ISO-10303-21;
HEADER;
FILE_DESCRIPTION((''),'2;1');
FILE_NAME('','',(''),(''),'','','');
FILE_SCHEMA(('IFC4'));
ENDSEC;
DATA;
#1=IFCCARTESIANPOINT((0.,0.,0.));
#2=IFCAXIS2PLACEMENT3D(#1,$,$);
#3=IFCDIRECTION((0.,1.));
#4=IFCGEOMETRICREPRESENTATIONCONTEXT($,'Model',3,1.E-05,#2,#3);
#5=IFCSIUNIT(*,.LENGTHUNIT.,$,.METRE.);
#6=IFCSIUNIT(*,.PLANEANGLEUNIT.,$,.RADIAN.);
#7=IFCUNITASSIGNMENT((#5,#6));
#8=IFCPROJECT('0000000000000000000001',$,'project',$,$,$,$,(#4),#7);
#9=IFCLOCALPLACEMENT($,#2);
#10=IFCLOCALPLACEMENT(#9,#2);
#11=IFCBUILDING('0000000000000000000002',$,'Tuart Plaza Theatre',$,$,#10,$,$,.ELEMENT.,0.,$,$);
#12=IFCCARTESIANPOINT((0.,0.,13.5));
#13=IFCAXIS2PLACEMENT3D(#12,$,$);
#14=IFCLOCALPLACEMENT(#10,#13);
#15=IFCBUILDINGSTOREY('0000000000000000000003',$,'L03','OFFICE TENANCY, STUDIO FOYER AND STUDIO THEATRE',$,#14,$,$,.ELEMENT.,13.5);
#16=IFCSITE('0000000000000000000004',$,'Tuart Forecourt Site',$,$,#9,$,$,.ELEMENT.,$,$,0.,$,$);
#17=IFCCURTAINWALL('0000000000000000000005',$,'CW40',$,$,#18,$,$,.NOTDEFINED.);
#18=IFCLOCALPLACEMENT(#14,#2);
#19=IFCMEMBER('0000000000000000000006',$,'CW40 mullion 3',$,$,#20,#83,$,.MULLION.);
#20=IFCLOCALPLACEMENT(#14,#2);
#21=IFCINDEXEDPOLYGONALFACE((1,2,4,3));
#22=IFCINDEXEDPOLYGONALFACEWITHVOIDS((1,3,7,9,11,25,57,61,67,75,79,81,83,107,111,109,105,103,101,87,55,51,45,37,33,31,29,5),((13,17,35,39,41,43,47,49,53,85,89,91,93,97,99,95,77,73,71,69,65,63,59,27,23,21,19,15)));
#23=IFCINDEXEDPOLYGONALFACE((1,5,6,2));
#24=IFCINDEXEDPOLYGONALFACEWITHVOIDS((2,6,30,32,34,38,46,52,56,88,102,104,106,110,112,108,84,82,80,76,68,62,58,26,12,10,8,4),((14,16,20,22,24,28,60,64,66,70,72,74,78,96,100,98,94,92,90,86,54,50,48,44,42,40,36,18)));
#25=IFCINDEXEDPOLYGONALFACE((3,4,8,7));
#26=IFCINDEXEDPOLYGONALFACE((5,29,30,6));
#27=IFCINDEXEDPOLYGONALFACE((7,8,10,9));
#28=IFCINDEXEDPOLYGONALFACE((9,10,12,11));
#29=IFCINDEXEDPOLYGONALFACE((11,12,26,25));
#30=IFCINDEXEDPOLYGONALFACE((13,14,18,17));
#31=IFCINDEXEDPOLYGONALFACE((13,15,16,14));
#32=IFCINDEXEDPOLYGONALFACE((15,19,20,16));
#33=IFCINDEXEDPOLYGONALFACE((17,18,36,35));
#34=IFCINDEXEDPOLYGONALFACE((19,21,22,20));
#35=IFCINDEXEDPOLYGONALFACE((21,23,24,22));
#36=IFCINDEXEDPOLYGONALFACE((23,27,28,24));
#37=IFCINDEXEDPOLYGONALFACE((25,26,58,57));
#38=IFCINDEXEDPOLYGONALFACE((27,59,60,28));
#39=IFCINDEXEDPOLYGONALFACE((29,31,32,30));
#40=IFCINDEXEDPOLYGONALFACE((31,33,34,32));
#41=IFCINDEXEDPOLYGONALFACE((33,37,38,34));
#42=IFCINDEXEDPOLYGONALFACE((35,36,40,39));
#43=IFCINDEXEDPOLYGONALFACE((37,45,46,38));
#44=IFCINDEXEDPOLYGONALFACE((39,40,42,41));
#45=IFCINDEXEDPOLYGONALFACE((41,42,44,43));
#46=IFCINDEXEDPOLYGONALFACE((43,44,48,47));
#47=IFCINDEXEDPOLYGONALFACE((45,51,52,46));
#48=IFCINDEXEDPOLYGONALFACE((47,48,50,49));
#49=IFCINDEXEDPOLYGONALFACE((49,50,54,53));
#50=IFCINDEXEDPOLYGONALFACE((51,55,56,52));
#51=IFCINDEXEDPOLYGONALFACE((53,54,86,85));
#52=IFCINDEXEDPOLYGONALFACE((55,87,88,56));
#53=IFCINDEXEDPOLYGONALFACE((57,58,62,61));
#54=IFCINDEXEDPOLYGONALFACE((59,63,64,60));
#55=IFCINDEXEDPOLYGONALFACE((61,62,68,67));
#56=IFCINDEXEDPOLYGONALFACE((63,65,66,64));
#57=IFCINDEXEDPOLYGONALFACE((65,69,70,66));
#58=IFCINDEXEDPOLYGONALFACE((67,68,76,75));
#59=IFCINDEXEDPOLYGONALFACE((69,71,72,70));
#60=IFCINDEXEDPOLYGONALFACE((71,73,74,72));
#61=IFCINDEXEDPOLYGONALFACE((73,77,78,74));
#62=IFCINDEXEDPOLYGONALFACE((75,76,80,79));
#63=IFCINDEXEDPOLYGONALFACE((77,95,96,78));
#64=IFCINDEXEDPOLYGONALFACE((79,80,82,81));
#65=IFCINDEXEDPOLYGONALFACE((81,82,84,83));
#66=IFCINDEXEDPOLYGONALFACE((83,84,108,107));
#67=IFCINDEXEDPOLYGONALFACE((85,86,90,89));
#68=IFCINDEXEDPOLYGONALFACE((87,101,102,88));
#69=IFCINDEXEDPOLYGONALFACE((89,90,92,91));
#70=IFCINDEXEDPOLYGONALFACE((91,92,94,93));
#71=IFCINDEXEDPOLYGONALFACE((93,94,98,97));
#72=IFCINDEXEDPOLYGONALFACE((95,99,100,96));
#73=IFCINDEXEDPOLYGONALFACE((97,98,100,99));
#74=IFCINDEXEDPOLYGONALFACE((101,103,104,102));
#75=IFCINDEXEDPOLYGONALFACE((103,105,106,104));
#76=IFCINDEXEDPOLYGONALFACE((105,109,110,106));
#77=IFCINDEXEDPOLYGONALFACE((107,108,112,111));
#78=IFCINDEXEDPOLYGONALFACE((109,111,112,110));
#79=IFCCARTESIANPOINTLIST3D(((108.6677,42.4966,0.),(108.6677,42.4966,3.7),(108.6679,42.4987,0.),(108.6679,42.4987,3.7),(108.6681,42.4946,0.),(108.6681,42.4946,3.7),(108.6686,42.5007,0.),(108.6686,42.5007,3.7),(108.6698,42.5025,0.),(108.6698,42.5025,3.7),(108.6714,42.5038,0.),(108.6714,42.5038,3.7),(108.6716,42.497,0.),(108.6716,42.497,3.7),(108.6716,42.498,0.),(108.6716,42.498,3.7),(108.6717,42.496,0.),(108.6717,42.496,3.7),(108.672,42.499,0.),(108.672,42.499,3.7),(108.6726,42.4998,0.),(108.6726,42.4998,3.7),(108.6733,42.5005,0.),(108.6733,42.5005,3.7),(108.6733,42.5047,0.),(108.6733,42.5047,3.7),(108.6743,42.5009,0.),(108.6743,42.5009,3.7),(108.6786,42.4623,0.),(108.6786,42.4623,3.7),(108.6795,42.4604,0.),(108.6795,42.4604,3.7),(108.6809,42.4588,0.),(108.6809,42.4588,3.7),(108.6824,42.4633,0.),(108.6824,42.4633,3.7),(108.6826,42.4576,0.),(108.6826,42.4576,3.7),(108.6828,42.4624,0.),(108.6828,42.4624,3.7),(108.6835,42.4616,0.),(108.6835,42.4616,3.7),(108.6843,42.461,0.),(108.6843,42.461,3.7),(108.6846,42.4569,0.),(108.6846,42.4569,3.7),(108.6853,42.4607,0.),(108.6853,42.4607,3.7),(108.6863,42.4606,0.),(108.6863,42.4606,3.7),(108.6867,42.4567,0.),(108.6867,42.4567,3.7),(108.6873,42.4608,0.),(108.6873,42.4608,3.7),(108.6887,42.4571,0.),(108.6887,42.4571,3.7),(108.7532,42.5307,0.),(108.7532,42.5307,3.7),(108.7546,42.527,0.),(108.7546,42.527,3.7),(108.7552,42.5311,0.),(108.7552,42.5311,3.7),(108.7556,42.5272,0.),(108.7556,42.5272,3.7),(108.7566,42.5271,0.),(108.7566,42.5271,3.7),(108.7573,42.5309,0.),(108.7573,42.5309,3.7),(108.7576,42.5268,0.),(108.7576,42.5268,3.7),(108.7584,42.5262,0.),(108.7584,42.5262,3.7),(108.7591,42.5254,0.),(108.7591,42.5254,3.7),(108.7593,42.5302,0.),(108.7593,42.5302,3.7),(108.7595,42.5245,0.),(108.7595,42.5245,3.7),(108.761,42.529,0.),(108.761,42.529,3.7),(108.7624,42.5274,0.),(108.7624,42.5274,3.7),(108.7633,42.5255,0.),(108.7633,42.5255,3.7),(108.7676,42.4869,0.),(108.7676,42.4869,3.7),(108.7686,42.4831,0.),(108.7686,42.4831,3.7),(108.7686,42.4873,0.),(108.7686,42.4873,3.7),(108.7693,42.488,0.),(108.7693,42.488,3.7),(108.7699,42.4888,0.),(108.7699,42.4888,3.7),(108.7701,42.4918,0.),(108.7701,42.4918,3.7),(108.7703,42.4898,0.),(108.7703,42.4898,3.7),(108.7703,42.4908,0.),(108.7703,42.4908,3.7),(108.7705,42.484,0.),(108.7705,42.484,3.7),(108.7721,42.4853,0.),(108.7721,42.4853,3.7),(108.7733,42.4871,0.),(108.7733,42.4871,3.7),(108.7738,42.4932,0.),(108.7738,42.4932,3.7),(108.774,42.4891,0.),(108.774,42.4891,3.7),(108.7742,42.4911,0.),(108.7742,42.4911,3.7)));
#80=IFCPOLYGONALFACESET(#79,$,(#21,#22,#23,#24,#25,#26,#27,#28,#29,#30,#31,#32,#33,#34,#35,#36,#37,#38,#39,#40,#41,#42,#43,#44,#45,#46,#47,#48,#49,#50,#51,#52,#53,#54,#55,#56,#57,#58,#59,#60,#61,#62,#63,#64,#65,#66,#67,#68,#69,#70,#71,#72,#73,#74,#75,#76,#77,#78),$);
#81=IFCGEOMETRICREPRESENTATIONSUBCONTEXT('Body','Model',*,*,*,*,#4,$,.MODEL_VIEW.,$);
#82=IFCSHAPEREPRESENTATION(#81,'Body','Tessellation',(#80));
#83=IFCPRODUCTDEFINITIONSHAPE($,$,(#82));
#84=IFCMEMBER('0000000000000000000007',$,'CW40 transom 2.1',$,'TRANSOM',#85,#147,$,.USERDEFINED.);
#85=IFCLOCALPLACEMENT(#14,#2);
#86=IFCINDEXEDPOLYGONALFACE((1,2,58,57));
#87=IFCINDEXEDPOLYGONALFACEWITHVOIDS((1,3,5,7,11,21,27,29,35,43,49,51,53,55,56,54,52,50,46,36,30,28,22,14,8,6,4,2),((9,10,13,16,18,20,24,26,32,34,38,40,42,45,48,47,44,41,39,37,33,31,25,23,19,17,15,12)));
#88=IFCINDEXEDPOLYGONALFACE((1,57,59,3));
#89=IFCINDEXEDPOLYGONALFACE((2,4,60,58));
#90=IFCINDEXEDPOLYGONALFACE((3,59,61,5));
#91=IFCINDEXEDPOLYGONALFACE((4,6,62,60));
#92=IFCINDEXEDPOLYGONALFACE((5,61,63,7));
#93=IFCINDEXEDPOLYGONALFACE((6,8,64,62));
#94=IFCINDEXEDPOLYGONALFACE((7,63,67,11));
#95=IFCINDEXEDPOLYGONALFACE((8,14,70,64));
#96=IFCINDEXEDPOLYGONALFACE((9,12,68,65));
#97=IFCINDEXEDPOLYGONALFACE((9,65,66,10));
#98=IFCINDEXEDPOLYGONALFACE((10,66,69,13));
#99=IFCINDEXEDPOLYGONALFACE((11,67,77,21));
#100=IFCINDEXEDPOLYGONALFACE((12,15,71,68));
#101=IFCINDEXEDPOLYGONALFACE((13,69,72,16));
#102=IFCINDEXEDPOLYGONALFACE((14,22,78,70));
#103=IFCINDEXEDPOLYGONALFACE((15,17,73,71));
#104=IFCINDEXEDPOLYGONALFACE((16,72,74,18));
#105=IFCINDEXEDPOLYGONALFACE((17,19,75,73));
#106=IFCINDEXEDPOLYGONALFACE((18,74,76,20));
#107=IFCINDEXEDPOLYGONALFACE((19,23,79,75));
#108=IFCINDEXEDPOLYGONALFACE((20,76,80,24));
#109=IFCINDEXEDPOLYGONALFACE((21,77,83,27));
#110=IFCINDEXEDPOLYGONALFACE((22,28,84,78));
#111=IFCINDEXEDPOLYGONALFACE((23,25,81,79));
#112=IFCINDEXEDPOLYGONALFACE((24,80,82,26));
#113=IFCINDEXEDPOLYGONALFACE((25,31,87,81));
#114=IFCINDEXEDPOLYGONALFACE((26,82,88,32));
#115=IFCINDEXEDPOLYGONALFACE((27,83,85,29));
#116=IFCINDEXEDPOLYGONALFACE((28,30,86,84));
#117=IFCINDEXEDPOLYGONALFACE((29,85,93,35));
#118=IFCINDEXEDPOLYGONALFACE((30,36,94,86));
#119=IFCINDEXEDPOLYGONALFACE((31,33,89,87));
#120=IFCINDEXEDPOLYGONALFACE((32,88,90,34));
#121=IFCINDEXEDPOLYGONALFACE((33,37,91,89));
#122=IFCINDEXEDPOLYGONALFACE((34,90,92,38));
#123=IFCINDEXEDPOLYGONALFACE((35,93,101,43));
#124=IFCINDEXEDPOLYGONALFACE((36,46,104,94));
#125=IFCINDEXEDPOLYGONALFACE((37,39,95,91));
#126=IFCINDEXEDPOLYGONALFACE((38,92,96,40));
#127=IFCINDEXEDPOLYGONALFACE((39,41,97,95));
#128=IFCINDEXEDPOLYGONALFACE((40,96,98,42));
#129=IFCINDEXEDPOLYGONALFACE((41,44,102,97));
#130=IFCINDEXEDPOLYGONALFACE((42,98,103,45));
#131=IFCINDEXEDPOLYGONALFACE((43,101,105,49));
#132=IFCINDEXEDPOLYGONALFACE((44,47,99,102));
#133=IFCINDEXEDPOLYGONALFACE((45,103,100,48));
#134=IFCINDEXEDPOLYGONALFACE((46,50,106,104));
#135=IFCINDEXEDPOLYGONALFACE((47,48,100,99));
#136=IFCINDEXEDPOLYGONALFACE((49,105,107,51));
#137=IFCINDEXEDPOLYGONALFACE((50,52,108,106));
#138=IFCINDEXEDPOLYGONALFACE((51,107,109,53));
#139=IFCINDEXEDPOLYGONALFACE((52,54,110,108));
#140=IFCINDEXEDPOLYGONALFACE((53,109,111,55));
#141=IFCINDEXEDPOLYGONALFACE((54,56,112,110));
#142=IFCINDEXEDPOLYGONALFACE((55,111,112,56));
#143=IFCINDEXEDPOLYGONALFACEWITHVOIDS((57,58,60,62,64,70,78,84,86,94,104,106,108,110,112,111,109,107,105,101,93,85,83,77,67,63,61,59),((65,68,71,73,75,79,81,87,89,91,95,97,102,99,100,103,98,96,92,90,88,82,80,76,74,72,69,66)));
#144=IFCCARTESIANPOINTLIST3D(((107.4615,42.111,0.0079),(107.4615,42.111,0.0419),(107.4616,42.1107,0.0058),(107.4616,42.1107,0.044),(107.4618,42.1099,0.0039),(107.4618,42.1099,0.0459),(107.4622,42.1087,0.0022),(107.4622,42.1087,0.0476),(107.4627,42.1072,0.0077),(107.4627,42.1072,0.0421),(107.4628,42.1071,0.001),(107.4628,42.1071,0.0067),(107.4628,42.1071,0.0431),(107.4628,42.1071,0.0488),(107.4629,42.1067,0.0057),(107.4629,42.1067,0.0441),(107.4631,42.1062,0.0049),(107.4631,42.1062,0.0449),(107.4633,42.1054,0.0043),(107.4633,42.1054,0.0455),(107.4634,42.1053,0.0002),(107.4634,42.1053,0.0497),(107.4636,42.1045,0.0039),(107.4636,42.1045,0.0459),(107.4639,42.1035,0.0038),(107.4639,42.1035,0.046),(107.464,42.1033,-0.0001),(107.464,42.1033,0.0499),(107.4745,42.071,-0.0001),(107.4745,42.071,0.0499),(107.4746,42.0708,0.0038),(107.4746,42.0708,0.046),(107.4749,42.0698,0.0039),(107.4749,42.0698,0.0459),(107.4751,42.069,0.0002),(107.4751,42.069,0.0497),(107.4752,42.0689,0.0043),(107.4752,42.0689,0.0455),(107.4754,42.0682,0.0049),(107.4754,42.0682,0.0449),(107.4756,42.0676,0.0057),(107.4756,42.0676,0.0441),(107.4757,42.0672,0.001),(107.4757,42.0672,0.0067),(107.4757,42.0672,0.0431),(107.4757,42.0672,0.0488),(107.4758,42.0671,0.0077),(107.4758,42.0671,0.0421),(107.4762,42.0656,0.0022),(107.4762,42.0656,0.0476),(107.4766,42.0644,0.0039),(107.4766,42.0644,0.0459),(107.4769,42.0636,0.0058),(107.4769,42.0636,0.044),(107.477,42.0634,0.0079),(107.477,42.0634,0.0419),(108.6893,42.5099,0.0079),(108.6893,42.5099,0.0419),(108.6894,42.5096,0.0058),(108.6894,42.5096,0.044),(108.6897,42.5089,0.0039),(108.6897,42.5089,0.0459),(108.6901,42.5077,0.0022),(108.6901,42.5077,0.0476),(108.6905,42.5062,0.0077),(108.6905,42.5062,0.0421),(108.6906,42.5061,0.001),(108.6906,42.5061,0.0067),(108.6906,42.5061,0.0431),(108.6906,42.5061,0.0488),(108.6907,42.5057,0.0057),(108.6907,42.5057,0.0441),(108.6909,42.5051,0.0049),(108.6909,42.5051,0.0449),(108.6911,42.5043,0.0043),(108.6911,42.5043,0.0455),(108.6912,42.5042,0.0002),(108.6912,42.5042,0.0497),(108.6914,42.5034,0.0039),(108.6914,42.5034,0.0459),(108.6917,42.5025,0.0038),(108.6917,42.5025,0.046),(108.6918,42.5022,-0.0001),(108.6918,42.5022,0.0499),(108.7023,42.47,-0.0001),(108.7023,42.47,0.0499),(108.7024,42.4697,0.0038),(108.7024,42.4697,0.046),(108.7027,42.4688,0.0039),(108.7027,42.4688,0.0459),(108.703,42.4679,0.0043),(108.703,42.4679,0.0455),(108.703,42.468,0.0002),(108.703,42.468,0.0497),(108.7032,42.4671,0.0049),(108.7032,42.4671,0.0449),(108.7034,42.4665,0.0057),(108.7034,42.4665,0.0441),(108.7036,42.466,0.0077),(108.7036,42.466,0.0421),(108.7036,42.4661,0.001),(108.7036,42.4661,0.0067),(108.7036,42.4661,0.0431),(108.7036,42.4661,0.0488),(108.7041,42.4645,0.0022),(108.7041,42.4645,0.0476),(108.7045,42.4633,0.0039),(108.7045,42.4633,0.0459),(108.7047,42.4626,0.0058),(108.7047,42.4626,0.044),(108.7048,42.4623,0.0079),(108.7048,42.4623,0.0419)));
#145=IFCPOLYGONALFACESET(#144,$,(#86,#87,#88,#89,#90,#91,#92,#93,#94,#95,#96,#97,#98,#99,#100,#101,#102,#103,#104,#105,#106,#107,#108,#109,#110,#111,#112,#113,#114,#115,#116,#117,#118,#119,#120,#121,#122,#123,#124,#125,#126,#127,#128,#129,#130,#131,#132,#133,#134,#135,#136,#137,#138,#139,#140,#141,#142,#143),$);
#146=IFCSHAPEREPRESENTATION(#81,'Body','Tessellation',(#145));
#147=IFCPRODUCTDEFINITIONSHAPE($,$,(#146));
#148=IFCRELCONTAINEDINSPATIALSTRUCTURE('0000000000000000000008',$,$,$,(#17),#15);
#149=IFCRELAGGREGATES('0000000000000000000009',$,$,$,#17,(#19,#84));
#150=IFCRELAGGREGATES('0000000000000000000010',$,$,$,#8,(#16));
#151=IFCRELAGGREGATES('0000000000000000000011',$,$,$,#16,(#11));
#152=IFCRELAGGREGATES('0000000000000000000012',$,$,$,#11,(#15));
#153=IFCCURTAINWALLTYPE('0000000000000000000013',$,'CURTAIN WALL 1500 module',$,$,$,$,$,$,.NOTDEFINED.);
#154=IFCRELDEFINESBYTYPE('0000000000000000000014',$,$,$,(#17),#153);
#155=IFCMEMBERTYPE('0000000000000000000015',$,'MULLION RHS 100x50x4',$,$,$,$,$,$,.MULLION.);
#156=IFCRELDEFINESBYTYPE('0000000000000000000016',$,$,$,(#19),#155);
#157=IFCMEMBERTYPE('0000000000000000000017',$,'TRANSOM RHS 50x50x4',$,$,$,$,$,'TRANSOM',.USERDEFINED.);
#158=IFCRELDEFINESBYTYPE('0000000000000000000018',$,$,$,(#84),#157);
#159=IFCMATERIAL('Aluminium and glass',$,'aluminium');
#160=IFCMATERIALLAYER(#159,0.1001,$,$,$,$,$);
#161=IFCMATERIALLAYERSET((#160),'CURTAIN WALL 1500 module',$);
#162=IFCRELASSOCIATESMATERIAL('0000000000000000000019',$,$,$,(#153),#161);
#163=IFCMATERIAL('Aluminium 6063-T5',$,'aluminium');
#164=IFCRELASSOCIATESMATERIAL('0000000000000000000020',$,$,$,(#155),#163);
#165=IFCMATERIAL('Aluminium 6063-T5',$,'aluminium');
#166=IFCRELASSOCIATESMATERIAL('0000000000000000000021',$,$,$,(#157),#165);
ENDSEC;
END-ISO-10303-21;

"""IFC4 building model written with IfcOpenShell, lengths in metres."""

from ifc_helpers import new_model, si_unit, direction, frame, origin, origin_2d, place, context, subcontext, project, spatial, hollow_rectangle, extrude, material, layer, layer_set, material_profile, profile_set, type_object, element, aggregate, save


model = new_model("IFC4")

# Units and contexts
model_context = context("Model", 3, precision=1e-05, world=origin(), true_north=direction((0.0, 1.0)))
body_context = subcontext(model_context, "Body", "Model", "MODEL_VIEW")
ifc_project = project(units=[si_unit("LENGTHUNIT", "METRE"), si_unit("PLANEANGLEUNIT", "RADIAN")], contexts=[model_context])

# Site, building, storey
site_placement = place(None, origin())
site = spatial("IfcSite", under=ifc_project, at=site_placement, Name="Tuart Forecourt Site", CompositionType="ELEMENT", RefElevation=0.0)
building_placement = place(site_placement, origin())
building = spatial("IfcBuilding", under=site, at=building_placement, Name="Tuart Plaza Theatre", CompositionType="ELEMENT", ElevationOfRefHeight=0.0)
storey_placement = place(building_placement, frame((0.0, 0.0, 13.5)))
storey = spatial("IfcBuildingStorey", under=building, at=storey_placement, Name="L03", Description="OFFICE TENANCY, STUDIO FOYER AND STUDIO THEATRE", CompositionType="ELEMENT", Elevation=13.5)

# Curtain wall, members
ifc_material_1 = material(Name="Aluminium and glass", Category="aluminium")
ifc_layer_1 = layer(ifc_material_1, 0.1001)
ifc_layer_set_1 = layer_set([ifc_layer_1], Name="CURTAIN WALL 1500 module")
curtain_wall_type = type_object("IfcCurtainWallType", Name="CURTAIN WALL 1500 module", PredefinedType="NOTDEFINED", material=ifc_layer_set_1)
curtain_wall_1_placement = place(storey_placement, origin())
curtain_wall_1 = element("IfcCurtainWall", 1, at=curtain_wall_1_placement, inside=storey, type_object=curtain_wall_type, Name="CW40", PredefinedType="NOTDEFINED")
ifc_material_2 = material(Name="Aluminium 6063-T5", Category="aluminium")
ifc_material_profile_1 = material_profile(ifc_material_2, hollow_rectangle(XDim=0.05, YDim=0.1001, WallThickness=0.0039, InnerFilletRadius=0.0039, OuterFilletRadius=0.0081, at=origin_2d()), Name="RHS 100x50x4")
ifc_profile_set_1 = profile_set([ifc_material_profile_1], Name="Aluminium 6063-T5")
member_type_1 = type_object("IfcMemberType", Name="MULLION RHS 100x50x4", PredefinedType="MULLION", material=ifc_profile_set_1)
member_1_placement = place(storey_placement, frame((108.7209, 42.4939, 0.0), z_axis=(0.0, 0.0, 1.0), x_axis=(-0.308885, 0.951099, 0.0)))
member_1 = element("IfcMember", 2, at=member_1_placement, type_object=member_type_1, Name="CW40 mullion 3", PredefinedType="MULLION", context=body_context, shape_type="SweptSolid", body=[
    extrude(hollow_rectangle(XDim=0.05, YDim=0.1001, WallThickness=0.0039, InnerFilletRadius=0.0039, OuterFilletRadius=0.0081, at=origin_2d()), origin(), (0.0, 0.0, 1.0), 3.7),
])
ifc_material_3 = material(Name="Aluminium 6063-T5", Category="aluminium")
ifc_material_profile_2 = material_profile(ifc_material_3, hollow_rectangle(XDim=0.05, YDim=0.05, WallThickness=0.0039, InnerFilletRadius=0.0039, OuterFilletRadius=0.0081, at=origin_2d()), Name="RHS 50x50x4")
ifc_profile_set_2 = profile_set([ifc_material_profile_2], Name="Aluminium 6063-T5")
member_type_2 = type_object("IfcMemberType", Name="TRANSOM RHS 50x50x4", ElementType="TRANSOM", PredefinedType="USERDEFINED", material=ifc_profile_set_2)
member_2_placement = place(storey_placement, frame((107.4692, 42.0872, 0.0249), z_axis=(0.951058, 0.309013, 0.0), x_axis=(-0.309013, 0.951058, 0.0)))
member_2 = element("IfcMember", 3, at=member_2_placement, type_object=member_type_2, Name="CW40 transom 2.1", ObjectType="TRANSOM", PredefinedType="USERDEFINED", context=body_context, shape_type="SweptSolid", body=[
    extrude(hollow_rectangle(XDim=0.05, YDim=0.05, WallThickness=0.0039, InnerFilletRadius=0.0039, OuterFilletRadius=0.0081, at=origin_2d()), origin(), (0.0, 0.0, 1.0), 1.291),
])
aggregate(curtain_wall_1, [member_1, member_2])

save(model, "model.ifc")
